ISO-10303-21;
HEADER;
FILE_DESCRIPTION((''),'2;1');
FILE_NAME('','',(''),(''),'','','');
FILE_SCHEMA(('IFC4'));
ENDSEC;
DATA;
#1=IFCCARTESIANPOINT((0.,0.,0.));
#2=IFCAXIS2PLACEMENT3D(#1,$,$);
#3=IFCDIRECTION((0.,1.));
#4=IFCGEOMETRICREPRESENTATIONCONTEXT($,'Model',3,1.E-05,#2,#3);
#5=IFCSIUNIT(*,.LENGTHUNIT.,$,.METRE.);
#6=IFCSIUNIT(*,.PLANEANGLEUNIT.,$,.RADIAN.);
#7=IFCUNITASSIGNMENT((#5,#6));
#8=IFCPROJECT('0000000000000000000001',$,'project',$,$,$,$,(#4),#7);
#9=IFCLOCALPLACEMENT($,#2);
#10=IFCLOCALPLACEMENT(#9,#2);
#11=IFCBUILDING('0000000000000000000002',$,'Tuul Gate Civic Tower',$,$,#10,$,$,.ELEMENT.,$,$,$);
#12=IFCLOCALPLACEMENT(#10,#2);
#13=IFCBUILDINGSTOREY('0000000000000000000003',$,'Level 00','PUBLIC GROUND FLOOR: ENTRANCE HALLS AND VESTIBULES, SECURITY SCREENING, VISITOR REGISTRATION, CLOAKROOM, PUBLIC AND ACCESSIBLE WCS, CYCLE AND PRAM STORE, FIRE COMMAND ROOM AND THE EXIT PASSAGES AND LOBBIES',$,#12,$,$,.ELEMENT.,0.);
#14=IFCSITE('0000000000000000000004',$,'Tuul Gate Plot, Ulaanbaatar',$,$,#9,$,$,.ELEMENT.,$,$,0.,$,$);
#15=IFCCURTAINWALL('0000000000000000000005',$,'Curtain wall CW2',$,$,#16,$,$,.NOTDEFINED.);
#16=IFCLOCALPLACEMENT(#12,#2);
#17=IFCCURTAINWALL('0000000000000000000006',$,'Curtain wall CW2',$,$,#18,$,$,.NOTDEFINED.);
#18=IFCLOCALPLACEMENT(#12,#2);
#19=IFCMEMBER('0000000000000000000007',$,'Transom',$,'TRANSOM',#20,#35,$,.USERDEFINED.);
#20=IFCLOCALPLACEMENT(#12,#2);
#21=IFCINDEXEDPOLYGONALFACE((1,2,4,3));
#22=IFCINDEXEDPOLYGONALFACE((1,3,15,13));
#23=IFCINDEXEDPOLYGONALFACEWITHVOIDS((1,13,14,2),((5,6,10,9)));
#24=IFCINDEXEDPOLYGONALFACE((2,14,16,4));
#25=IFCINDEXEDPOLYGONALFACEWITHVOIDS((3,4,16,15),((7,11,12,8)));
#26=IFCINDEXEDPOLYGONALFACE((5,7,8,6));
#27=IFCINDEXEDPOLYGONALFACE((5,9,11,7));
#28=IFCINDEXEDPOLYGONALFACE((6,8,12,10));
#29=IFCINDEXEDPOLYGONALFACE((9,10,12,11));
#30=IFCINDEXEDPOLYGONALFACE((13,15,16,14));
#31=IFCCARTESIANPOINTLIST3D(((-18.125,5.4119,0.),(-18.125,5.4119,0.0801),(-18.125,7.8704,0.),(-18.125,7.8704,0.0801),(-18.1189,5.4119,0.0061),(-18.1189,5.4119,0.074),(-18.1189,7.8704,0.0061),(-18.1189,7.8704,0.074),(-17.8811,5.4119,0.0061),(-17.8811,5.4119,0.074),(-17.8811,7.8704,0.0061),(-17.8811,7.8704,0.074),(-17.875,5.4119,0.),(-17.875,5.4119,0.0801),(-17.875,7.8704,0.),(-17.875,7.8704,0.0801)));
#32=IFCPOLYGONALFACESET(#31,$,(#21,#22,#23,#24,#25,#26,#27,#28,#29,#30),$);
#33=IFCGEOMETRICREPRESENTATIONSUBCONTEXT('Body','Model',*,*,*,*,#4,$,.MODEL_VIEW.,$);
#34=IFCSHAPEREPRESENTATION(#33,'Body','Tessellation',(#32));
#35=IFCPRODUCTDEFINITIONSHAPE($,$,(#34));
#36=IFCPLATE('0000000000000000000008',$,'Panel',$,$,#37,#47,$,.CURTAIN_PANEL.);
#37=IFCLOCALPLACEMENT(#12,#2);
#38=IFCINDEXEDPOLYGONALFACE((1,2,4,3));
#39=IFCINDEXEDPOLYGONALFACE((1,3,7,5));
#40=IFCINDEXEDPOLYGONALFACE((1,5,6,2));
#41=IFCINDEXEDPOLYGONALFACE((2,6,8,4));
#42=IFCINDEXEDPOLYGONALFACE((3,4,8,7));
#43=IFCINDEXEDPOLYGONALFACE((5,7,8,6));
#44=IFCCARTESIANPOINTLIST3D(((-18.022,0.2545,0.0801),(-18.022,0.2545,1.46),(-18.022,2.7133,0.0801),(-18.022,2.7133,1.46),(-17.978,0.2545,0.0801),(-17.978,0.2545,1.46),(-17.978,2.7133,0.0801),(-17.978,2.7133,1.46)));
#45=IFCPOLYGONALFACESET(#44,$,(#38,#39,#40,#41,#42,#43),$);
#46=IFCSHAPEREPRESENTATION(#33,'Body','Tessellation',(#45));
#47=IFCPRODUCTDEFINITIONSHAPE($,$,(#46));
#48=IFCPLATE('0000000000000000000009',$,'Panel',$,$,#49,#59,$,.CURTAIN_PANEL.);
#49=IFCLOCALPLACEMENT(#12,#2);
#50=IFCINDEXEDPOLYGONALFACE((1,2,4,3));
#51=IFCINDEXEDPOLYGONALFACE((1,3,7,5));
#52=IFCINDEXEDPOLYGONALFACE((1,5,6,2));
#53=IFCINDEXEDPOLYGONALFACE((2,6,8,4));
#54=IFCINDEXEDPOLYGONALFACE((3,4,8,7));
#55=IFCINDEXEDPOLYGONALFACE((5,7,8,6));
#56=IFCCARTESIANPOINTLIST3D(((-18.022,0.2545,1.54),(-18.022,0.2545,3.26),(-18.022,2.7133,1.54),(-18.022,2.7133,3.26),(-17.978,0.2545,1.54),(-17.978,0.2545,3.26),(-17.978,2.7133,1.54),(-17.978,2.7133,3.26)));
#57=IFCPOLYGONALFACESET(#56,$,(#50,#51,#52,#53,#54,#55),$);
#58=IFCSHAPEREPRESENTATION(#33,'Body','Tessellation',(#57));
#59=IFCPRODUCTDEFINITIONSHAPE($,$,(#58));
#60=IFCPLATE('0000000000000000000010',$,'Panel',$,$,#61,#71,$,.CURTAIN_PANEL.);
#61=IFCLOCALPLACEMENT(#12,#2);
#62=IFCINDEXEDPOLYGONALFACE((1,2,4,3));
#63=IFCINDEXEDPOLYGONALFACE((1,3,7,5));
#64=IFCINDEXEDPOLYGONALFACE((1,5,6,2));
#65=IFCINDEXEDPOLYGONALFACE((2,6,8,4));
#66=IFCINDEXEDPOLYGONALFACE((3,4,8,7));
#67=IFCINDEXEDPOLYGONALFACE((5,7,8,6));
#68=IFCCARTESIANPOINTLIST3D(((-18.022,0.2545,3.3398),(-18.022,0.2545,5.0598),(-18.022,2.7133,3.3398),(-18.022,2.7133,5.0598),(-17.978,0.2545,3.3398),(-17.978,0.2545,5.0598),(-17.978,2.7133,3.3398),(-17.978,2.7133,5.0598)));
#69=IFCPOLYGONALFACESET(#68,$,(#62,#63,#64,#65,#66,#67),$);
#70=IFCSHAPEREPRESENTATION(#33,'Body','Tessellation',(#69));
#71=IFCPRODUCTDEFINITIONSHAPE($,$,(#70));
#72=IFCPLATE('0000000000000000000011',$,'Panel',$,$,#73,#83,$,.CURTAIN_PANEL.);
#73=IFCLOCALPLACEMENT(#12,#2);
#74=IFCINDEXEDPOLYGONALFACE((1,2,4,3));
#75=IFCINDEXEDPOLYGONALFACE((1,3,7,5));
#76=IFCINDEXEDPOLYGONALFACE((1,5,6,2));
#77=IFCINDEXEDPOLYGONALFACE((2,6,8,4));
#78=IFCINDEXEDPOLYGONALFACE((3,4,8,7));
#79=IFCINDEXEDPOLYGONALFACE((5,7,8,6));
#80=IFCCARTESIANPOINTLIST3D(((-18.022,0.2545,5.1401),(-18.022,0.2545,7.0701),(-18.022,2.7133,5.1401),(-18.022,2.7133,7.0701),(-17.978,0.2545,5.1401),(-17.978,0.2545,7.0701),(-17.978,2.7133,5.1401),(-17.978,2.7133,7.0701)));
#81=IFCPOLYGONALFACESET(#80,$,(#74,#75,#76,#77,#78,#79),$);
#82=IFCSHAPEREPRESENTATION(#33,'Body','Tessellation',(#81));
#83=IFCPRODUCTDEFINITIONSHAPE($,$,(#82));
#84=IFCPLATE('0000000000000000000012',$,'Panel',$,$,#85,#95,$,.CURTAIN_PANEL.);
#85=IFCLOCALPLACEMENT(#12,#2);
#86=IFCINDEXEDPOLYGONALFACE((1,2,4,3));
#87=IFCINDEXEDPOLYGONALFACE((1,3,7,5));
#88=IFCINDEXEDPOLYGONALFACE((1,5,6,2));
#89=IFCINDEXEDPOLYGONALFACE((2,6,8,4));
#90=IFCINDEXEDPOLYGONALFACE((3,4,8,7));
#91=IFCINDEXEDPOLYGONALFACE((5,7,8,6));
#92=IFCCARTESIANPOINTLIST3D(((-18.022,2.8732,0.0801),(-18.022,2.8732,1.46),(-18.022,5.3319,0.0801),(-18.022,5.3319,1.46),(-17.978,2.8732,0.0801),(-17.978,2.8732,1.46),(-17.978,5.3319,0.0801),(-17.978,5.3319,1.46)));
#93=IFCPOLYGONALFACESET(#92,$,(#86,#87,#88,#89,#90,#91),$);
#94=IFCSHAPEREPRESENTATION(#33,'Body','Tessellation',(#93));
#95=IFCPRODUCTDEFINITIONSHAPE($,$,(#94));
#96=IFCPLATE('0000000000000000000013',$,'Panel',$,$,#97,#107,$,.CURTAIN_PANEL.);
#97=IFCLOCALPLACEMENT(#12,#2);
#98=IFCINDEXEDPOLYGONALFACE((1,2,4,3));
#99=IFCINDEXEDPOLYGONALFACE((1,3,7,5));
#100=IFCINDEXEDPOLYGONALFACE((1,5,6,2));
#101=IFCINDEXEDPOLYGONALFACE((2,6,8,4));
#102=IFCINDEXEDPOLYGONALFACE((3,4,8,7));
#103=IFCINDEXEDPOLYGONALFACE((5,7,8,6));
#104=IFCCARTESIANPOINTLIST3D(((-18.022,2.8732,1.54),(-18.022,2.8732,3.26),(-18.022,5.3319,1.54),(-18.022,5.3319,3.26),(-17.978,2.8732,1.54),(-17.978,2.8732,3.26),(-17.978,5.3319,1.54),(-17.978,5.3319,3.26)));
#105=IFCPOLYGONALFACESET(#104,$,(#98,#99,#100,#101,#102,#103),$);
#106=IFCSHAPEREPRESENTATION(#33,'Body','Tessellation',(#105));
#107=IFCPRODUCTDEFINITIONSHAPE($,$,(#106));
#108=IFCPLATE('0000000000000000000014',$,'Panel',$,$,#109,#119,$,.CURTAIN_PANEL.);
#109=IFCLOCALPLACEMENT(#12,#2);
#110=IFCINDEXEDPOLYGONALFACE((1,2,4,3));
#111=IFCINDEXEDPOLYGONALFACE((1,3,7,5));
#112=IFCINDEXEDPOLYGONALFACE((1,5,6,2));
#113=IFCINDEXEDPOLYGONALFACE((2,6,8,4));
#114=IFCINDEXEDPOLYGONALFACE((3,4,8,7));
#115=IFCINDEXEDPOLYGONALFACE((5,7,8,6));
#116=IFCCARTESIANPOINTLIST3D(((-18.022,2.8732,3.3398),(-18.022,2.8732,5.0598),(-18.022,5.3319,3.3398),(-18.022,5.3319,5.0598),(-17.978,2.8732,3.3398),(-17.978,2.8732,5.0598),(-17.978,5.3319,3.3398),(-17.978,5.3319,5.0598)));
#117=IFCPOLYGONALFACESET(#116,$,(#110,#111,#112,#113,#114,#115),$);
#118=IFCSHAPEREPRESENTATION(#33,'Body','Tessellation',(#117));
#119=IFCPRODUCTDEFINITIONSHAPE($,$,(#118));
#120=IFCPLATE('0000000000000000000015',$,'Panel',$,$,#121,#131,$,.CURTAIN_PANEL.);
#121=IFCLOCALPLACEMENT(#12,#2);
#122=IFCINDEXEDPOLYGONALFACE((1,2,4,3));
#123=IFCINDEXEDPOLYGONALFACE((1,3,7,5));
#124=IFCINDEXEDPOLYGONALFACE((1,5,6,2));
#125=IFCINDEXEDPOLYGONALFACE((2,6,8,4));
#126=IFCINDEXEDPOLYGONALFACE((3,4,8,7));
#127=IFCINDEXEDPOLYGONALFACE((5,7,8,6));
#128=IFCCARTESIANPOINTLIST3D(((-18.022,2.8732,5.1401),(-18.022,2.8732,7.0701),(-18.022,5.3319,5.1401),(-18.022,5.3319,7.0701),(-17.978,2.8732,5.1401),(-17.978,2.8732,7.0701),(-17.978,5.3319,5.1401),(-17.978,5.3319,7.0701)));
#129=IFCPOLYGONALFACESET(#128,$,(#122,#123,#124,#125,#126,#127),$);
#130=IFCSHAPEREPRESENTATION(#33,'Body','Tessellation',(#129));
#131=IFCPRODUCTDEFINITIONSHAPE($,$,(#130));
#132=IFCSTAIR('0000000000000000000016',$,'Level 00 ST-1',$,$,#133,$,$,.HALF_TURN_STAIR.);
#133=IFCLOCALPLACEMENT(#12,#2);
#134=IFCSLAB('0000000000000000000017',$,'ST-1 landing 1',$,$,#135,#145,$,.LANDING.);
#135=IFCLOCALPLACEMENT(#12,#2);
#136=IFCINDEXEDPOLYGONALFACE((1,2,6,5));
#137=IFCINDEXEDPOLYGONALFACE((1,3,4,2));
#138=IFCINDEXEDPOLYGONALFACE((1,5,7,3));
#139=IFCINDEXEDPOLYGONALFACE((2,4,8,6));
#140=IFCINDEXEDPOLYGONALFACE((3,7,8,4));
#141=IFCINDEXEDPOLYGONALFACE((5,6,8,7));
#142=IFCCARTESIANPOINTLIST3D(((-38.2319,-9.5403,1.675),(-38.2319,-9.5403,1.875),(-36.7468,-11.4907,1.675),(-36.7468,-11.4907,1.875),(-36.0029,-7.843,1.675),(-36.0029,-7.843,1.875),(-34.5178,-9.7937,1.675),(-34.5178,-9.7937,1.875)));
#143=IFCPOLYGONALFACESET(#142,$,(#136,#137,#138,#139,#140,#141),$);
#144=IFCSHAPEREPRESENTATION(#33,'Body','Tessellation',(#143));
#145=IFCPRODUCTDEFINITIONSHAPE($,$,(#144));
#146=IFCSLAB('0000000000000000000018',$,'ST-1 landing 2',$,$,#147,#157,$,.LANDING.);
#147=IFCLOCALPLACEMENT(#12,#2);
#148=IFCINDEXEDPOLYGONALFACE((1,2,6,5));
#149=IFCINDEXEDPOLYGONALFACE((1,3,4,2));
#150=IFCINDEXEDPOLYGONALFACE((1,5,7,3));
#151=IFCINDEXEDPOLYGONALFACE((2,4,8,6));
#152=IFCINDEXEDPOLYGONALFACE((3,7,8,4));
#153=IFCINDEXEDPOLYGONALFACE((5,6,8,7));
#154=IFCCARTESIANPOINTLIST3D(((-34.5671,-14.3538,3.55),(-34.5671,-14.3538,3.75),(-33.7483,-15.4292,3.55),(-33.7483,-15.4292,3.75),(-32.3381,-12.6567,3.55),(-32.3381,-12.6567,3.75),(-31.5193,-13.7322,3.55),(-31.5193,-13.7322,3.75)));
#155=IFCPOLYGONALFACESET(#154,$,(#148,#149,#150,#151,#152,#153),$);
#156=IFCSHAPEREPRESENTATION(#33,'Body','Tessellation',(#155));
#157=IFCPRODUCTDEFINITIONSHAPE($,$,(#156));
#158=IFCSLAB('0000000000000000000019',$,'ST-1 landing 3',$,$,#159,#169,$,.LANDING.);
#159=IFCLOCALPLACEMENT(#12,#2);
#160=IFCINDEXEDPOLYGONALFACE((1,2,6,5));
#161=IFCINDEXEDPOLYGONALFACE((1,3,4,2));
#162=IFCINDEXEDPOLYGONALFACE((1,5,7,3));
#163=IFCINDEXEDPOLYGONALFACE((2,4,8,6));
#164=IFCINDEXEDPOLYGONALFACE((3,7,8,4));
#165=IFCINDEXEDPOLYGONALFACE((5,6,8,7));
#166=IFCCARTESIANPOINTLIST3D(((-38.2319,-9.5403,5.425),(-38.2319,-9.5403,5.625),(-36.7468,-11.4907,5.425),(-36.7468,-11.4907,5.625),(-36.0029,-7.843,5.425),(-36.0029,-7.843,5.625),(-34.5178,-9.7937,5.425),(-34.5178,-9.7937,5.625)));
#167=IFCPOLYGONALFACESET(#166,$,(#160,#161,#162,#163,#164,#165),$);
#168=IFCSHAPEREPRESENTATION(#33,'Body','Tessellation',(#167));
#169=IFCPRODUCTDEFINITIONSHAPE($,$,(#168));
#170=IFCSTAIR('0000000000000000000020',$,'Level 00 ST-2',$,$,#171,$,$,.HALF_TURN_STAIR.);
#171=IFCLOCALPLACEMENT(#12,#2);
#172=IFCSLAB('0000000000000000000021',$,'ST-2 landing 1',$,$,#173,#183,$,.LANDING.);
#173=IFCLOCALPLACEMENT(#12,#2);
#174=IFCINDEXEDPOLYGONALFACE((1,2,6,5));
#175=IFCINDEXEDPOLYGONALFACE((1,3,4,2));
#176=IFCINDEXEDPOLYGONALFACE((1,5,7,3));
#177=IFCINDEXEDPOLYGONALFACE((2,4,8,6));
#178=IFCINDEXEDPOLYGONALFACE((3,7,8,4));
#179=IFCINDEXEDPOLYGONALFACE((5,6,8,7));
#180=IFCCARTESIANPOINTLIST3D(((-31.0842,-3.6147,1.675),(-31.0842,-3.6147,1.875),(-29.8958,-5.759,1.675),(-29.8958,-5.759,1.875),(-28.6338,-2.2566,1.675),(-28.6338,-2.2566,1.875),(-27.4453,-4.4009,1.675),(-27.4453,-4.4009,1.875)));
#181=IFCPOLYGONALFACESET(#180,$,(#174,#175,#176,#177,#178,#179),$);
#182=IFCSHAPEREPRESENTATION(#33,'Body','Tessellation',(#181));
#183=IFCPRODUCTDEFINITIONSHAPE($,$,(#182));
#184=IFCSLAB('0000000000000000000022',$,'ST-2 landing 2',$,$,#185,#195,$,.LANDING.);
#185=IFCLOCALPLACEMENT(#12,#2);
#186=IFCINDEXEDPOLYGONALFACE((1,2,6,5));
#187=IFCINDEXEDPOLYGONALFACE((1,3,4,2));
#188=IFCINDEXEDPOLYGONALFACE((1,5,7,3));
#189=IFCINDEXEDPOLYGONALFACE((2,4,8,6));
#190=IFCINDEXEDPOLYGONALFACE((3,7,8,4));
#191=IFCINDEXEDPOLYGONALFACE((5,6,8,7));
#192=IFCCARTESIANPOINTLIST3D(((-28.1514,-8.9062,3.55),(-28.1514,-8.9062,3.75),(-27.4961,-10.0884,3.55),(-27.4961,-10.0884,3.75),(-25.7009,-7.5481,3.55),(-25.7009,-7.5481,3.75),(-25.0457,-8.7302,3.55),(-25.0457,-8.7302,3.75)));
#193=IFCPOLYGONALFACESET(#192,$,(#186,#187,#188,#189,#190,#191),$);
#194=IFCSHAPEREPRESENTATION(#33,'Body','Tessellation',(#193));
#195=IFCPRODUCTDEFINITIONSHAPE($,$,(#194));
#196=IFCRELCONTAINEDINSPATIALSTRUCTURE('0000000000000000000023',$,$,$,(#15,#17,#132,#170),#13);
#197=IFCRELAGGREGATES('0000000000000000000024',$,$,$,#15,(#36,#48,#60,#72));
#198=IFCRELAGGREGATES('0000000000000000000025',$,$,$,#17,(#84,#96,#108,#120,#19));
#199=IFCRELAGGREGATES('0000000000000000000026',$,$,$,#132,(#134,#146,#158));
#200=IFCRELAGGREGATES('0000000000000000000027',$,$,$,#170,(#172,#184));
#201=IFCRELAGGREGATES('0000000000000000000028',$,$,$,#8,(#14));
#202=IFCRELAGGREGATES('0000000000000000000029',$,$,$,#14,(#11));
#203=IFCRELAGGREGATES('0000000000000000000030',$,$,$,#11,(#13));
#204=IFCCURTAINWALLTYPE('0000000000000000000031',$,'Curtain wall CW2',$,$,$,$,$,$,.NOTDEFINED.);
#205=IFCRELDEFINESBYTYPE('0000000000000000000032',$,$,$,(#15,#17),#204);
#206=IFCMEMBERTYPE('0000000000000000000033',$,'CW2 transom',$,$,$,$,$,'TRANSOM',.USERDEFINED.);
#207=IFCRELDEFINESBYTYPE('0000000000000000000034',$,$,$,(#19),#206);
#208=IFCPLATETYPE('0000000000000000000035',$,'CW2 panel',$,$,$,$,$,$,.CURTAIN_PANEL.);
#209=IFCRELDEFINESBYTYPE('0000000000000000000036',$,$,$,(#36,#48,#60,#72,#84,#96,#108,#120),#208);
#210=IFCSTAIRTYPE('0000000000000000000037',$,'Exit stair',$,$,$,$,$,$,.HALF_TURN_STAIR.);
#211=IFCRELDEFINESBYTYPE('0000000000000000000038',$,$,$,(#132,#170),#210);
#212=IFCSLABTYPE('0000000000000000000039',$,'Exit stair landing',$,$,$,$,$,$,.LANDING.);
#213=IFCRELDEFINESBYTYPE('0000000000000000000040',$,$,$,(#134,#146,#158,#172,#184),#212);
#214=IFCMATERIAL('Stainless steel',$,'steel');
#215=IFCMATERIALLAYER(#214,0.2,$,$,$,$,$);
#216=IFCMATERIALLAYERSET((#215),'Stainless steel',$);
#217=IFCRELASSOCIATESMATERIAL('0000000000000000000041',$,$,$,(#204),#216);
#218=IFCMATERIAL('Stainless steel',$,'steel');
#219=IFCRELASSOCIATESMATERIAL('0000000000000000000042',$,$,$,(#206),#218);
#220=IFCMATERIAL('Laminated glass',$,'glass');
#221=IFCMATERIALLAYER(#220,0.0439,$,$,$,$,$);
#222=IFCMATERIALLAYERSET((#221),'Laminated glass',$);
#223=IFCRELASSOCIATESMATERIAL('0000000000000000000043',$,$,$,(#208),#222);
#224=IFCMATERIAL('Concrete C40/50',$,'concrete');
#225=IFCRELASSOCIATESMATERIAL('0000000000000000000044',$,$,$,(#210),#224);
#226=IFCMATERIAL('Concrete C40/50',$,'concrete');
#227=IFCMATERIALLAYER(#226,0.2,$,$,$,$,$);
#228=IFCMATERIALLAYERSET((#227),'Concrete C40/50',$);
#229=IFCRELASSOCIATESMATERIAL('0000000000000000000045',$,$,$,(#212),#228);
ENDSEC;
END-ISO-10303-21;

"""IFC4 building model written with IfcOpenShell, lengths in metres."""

from ifc_helpers import new_model, si_unit, direction, frame, origin, origin_2d, place, context, subcontext, project, spatial, polyline, rectangle, hollow_rectangle, outline, extrude, material, layer, layer_set, material_profile, profile_set, type_object, element, aggregate, save


model = new_model("IFC4")

# Units and contexts
model_context = context("Model", 3, precision=1e-05, world=origin(), true_north=direction((0.0, 1.0)))
body_context = subcontext(model_context, "Body", "Model", "MODEL_VIEW")
ifc_project = project(units=[si_unit("LENGTHUNIT", "METRE"), si_unit("PLANEANGLEUNIT", "RADIAN")], contexts=[model_context])

# Site, building, storey
site_placement = place(None, origin())
site = spatial("IfcSite", under=ifc_project, at=site_placement, Name="Tuul Gate Plot, Ulaanbaatar", CompositionType="ELEMENT", RefElevation=0.0)
building_placement = place(site_placement, origin())
building = spatial("IfcBuilding", under=site, at=building_placement, Name="Tuul Gate Civic Tower", CompositionType="ELEMENT")
storey_placement = place(building_placement, origin())
storey = spatial("IfcBuildingStorey", under=building, at=storey_placement, Name="Level 00", Description="PUBLIC GROUND FLOOR: ENTRANCE HALLS AND VESTIBULES, SECURITY SCREENING, VISITOR REGISTRATION, CLOAKROOM, PUBLIC AND ACCESSIBLE WCS, CYCLE AND PRAM STORE, FIRE COMMAND ROOM AND THE EXIT PASSAGES AND LOBBIES", CompositionType="ELEMENT", Elevation=0.0)

# Curtain wall
ifc_material_1 = material(Name="Stainless steel", Category="steel")
ifc_layer_1 = layer(ifc_material_1, 0.2)
ifc_layer_set_1 = layer_set([ifc_layer_1], Name="Stainless steel")
curtain_wall_type = type_object("IfcCurtainWallType", Name="Curtain wall CW2", PredefinedType="NOTDEFINED", material=ifc_layer_set_1)
curtain_wall_1_placement = place(storey_placement, origin())
curtain_wall_1 = element("IfcCurtainWall", 1, at=curtain_wall_1_placement, inside=storey, type_object=curtain_wall_type, Name="Curtain wall CW2", PredefinedType="NOTDEFINED")

# Curtain wall
curtain_wall_2_placement = place(storey_placement, origin())
curtain_wall_2 = element("IfcCurtainWall", 2, at=curtain_wall_2_placement, inside=storey, type_object=curtain_wall_type, Name="Curtain wall CW2", PredefinedType="NOTDEFINED")

# Member
ifc_material_2 = material(Name="Stainless steel", Category="steel")
ifc_material_profile_1 = material_profile(ifc_material_2, hollow_rectangle(XDim=0.25, YDim=0.0801, WallThickness=0.0061, at=origin_2d()), Name="CW2 transom")
ifc_profile_set_1 = profile_set([ifc_material_profile_1], Name="Stainless steel")
member_type_1 = type_object("IfcMemberType", Name="CW2 transom", ElementType="TRANSOM", PredefinedType="USERDEFINED", material=ifc_profile_set_1)
member_1_placement = place(storey_placement, frame((-18.0, 5.4119, 0.04), z_axis=(0.0, 1.0, 0.0), x_axis=(-1.0, 0.0, 0.0)))
member_1 = element("IfcMember", 3, at=member_1_placement, type_object=member_type_1, Name="Transom", ObjectType="TRANSOM", PredefinedType="USERDEFINED", context=body_context, shape_type="SweptSolid", body=[
    extrude(hollow_rectangle(XDim=0.25, YDim=0.0801, WallThickness=0.0061, at=origin_2d()), origin(), (0.0, 0.0, 1.0), 2.4585),
])

# Plates
ifc_material_3 = material(Name="Laminated glass", Category="glass")
ifc_layer_2 = layer(ifc_material_3, 0.0439)
ifc_layer_set_2 = layer_set([ifc_layer_2], Name="Laminated glass")
plate_type = type_object("IfcPlateType", Name="CW2 panel", PredefinedType="CURTAIN_PANEL", material=ifc_layer_set_2)
plate_1_placement = place(storey_placement, frame((-18.0, 1.4839, 0.0801), z_axis=(0.0, 0.0, 1.0), x_axis=(0.0, 1.0, 0.0)))
plate_1 = element("IfcPlate", 4, at=plate_1_placement, type_object=plate_type, Name="Panel", PredefinedType="CURTAIN_PANEL", context=body_context, shape_type="SweptSolid", body=[
    extrude(rectangle(XDim=2.4587, YDim=0.0439, at=origin_2d()), origin(), (0.0, 0.0, 1.0), 1.3799),
])
plate_2_placement = place(storey_placement, frame((-18.0, 1.4839, 1.54), z_axis=(0.0, 0.0, 1.0), x_axis=(0.0, 1.0, 0.0)))
plate_2 = element("IfcPlate", 5, at=plate_2_placement, type_object=plate_type, Name="Panel", PredefinedType="CURTAIN_PANEL", context=body_context, shape_type="SweptSolid", body=[
    extrude(rectangle(XDim=2.4587, YDim=0.0439, at=origin_2d()), origin(), (0.0, 0.0, 1.0), 1.72),
])
plate_3_placement = place(storey_placement, frame((-18.0, 1.4839, 3.3398), z_axis=(0.0, 0.0, 1.0), x_axis=(0.0, 1.0, 0.0)))
plate_3 = element("IfcPlate", 6, at=plate_3_placement, type_object=plate_type, Name="Panel", PredefinedType="CURTAIN_PANEL", context=body_context, shape_type="SweptSolid", body=[
    extrude(rectangle(XDim=2.4587, YDim=0.0439, at=origin_2d()), origin(), (0.0, 0.0, 1.0), 1.72),
])
plate_4_placement = place(storey_placement, frame((-18.0, 1.4839, 5.1401), z_axis=(0.0, 0.0, 1.0), x_axis=(0.0, 1.0, 0.0)))
plate_4 = element("IfcPlate", 7, at=plate_4_placement, type_object=plate_type, Name="Panel", PredefinedType="CURTAIN_PANEL", context=body_context, shape_type="SweptSolid", body=[
    extrude(rectangle(XDim=2.4587, YDim=0.0439, at=origin_2d()), origin(), (0.0, 0.0, 1.0), 1.9299),
])
aggregate(curtain_wall_1, [plate_1, plate_2, plate_3, plate_4])
plate_5_placement = place(storey_placement, frame((-18.0, 4.1025, 0.0801), z_axis=(0.0, 0.0, 1.0), x_axis=(0.0, 1.0, 0.0)))
plate_5 = element("IfcPlate", 8, at=plate_5_placement, type_object=plate_type, Name="Panel", PredefinedType="CURTAIN_PANEL", context=body_context, shape_type="SweptSolid", body=[
    extrude(rectangle(XDim=2.4587, YDim=0.0439, at=origin_2d()), origin(), (0.0, 0.0, 1.0), 1.3799),
])
plate_6_placement = place(storey_placement, frame((-18.0, 4.1025, 1.54), z_axis=(0.0, 0.0, 1.0), x_axis=(0.0, 1.0, 0.0)))
plate_6 = element("IfcPlate", 9, at=plate_6_placement, type_object=plate_type, Name="Panel", PredefinedType="CURTAIN_PANEL", context=body_context, shape_type="SweptSolid", body=[
    extrude(rectangle(XDim=2.4587, YDim=0.0439, at=origin_2d()), origin(), (0.0, 0.0, 1.0), 1.72),
])
plate_7_placement = place(storey_placement, frame((-18.0, 4.1025, 3.3398), z_axis=(0.0, 0.0, 1.0), x_axis=(0.0, 1.0, 0.0)))
plate_7 = element("IfcPlate", 10, at=plate_7_placement, type_object=plate_type, Name="Panel", PredefinedType="CURTAIN_PANEL", context=body_context, shape_type="SweptSolid", body=[
    extrude(rectangle(XDim=2.4587, YDim=0.0439, at=origin_2d()), origin(), (0.0, 0.0, 1.0), 1.72),
])
plate_8_placement = place(storey_placement, frame((-18.0, 4.1025, 5.1401), z_axis=(0.0, 0.0, 1.0), x_axis=(0.0, 1.0, 0.0)))
plate_8 = element("IfcPlate", 11, at=plate_8_placement, type_object=plate_type, Name="Panel", PredefinedType="CURTAIN_PANEL", context=body_context, shape_type="SweptSolid", body=[
    extrude(rectangle(XDim=2.4587, YDim=0.0439, at=origin_2d()), origin(), (0.0, 0.0, 1.0), 1.9299),
])
aggregate(curtain_wall_2, [plate_5, plate_6, plate_7, plate_8, member_1])

# Stairs, slabs
ifc_material_4 = material(Name="Concrete C40/50", Category="concrete")
stair_type = type_object("IfcStairType", Name="Exit stair", PredefinedType="HALF_TURN_STAIR", material=ifc_material_4)
stair_1_placement = place(storey_placement, origin())
stair_1 = element("IfcStair", 12, at=stair_1_placement, inside=storey, type_object=stair_type, Name="Level 00 ST-1", PredefinedType="HALF_TURN_STAIR")
ifc_material_5 = material(Name="Concrete C40/50", Category="concrete")
ifc_layer_3 = layer(ifc_material_5, 0.2)
ifc_layer_set_3 = layer_set([ifc_layer_3], Name="Concrete C40/50")
slab_type = type_object("IfcSlabType", Name="Exit stair landing", PredefinedType="LANDING", material=ifc_layer_set_3)
slab_1_placement = place(storey_placement, frame((0.0, 0.0, 1.675)))
slab_1 = element("IfcSlab", 13, at=slab_1_placement, type_object=slab_type, Name="ST-1 landing 1", PredefinedType="LANDING", context=body_context, shape_type="SweptSolid", body=[
    extrude(outline(polyline([(-34.5178, -9.7937), (-36.7468, -11.4907), (-38.2319, -9.5403), (-36.0029, -7.843), (-34.5178, -9.7937)])), origin(), (0.0, 0.0, 1.0), 0.2),
])
slab_2_placement = place(storey_placement, frame((0.0, 0.0, 3.55)))
slab_2 = element("IfcSlab", 14, at=slab_2_placement, type_object=slab_type, Name="ST-1 landing 2", PredefinedType="LANDING", context=body_context, shape_type="SweptSolid", body=[
    extrude(outline(polyline([(-31.5193, -13.7322), (-33.7483, -15.4292), (-34.5671, -14.3538), (-32.3381, -12.6567), (-31.5193, -13.7322)])), origin(), (0.0, 0.0, 1.0), 0.2),
])
slab_3_placement = place(storey_placement, frame((0.0, 0.0, 5.425)))
slab_3 = element("IfcSlab", 15, at=slab_3_placement, type_object=slab_type, Name="ST-1 landing 3", PredefinedType="LANDING", context=body_context, shape_type="SweptSolid", body=[
    extrude(outline(polyline([(-34.5178, -9.7937), (-36.7468, -11.4907), (-38.2319, -9.5403), (-36.0029, -7.843), (-34.5178, -9.7937)])), origin(), (0.0, 0.0, 1.0), 0.2),
])
aggregate(stair_1, [slab_1, slab_2, slab_3])
stair_2_placement = place(storey_placement, origin())
stair_2 = element("IfcStair", 16, at=stair_2_placement, inside=storey, type_object=stair_type, Name="Level 00 ST-2", PredefinedType="HALF_TURN_STAIR")
slab_4_placement = place(storey_placement, frame((0.0, 0.0, 1.675)))
slab_4 = element("IfcSlab", 17, at=slab_4_placement, type_object=slab_type, Name="ST-2 landing 1", PredefinedType="LANDING", context=body_context, shape_type="SweptSolid", body=[
    extrude(outline(polyline([(-27.4453, -4.4009), (-29.8958, -5.759), (-31.0842, -3.6147), (-28.6338, -2.2566), (-27.4453, -4.4009)])), origin(), (0.0, 0.0, 1.0), 0.2),
])
slab_5_placement = place(storey_placement, frame((0.0, 0.0, 3.55)))
slab_5 = element("IfcSlab", 18, at=slab_5_placement, type_object=slab_type, Name="ST-2 landing 2", PredefinedType="LANDING", context=body_context, shape_type="SweptSolid", body=[
    extrude(outline(polyline([(-25.0457, -8.7302), (-27.4961, -10.0884), (-28.1514, -8.9062), (-25.7009, -7.5481), (-25.0457, -8.7302)])), origin(), (0.0, 0.0, 1.0), 0.2),
])
aggregate(stair_2, [slab_4, slab_5])

save(model, "model.ifc")
